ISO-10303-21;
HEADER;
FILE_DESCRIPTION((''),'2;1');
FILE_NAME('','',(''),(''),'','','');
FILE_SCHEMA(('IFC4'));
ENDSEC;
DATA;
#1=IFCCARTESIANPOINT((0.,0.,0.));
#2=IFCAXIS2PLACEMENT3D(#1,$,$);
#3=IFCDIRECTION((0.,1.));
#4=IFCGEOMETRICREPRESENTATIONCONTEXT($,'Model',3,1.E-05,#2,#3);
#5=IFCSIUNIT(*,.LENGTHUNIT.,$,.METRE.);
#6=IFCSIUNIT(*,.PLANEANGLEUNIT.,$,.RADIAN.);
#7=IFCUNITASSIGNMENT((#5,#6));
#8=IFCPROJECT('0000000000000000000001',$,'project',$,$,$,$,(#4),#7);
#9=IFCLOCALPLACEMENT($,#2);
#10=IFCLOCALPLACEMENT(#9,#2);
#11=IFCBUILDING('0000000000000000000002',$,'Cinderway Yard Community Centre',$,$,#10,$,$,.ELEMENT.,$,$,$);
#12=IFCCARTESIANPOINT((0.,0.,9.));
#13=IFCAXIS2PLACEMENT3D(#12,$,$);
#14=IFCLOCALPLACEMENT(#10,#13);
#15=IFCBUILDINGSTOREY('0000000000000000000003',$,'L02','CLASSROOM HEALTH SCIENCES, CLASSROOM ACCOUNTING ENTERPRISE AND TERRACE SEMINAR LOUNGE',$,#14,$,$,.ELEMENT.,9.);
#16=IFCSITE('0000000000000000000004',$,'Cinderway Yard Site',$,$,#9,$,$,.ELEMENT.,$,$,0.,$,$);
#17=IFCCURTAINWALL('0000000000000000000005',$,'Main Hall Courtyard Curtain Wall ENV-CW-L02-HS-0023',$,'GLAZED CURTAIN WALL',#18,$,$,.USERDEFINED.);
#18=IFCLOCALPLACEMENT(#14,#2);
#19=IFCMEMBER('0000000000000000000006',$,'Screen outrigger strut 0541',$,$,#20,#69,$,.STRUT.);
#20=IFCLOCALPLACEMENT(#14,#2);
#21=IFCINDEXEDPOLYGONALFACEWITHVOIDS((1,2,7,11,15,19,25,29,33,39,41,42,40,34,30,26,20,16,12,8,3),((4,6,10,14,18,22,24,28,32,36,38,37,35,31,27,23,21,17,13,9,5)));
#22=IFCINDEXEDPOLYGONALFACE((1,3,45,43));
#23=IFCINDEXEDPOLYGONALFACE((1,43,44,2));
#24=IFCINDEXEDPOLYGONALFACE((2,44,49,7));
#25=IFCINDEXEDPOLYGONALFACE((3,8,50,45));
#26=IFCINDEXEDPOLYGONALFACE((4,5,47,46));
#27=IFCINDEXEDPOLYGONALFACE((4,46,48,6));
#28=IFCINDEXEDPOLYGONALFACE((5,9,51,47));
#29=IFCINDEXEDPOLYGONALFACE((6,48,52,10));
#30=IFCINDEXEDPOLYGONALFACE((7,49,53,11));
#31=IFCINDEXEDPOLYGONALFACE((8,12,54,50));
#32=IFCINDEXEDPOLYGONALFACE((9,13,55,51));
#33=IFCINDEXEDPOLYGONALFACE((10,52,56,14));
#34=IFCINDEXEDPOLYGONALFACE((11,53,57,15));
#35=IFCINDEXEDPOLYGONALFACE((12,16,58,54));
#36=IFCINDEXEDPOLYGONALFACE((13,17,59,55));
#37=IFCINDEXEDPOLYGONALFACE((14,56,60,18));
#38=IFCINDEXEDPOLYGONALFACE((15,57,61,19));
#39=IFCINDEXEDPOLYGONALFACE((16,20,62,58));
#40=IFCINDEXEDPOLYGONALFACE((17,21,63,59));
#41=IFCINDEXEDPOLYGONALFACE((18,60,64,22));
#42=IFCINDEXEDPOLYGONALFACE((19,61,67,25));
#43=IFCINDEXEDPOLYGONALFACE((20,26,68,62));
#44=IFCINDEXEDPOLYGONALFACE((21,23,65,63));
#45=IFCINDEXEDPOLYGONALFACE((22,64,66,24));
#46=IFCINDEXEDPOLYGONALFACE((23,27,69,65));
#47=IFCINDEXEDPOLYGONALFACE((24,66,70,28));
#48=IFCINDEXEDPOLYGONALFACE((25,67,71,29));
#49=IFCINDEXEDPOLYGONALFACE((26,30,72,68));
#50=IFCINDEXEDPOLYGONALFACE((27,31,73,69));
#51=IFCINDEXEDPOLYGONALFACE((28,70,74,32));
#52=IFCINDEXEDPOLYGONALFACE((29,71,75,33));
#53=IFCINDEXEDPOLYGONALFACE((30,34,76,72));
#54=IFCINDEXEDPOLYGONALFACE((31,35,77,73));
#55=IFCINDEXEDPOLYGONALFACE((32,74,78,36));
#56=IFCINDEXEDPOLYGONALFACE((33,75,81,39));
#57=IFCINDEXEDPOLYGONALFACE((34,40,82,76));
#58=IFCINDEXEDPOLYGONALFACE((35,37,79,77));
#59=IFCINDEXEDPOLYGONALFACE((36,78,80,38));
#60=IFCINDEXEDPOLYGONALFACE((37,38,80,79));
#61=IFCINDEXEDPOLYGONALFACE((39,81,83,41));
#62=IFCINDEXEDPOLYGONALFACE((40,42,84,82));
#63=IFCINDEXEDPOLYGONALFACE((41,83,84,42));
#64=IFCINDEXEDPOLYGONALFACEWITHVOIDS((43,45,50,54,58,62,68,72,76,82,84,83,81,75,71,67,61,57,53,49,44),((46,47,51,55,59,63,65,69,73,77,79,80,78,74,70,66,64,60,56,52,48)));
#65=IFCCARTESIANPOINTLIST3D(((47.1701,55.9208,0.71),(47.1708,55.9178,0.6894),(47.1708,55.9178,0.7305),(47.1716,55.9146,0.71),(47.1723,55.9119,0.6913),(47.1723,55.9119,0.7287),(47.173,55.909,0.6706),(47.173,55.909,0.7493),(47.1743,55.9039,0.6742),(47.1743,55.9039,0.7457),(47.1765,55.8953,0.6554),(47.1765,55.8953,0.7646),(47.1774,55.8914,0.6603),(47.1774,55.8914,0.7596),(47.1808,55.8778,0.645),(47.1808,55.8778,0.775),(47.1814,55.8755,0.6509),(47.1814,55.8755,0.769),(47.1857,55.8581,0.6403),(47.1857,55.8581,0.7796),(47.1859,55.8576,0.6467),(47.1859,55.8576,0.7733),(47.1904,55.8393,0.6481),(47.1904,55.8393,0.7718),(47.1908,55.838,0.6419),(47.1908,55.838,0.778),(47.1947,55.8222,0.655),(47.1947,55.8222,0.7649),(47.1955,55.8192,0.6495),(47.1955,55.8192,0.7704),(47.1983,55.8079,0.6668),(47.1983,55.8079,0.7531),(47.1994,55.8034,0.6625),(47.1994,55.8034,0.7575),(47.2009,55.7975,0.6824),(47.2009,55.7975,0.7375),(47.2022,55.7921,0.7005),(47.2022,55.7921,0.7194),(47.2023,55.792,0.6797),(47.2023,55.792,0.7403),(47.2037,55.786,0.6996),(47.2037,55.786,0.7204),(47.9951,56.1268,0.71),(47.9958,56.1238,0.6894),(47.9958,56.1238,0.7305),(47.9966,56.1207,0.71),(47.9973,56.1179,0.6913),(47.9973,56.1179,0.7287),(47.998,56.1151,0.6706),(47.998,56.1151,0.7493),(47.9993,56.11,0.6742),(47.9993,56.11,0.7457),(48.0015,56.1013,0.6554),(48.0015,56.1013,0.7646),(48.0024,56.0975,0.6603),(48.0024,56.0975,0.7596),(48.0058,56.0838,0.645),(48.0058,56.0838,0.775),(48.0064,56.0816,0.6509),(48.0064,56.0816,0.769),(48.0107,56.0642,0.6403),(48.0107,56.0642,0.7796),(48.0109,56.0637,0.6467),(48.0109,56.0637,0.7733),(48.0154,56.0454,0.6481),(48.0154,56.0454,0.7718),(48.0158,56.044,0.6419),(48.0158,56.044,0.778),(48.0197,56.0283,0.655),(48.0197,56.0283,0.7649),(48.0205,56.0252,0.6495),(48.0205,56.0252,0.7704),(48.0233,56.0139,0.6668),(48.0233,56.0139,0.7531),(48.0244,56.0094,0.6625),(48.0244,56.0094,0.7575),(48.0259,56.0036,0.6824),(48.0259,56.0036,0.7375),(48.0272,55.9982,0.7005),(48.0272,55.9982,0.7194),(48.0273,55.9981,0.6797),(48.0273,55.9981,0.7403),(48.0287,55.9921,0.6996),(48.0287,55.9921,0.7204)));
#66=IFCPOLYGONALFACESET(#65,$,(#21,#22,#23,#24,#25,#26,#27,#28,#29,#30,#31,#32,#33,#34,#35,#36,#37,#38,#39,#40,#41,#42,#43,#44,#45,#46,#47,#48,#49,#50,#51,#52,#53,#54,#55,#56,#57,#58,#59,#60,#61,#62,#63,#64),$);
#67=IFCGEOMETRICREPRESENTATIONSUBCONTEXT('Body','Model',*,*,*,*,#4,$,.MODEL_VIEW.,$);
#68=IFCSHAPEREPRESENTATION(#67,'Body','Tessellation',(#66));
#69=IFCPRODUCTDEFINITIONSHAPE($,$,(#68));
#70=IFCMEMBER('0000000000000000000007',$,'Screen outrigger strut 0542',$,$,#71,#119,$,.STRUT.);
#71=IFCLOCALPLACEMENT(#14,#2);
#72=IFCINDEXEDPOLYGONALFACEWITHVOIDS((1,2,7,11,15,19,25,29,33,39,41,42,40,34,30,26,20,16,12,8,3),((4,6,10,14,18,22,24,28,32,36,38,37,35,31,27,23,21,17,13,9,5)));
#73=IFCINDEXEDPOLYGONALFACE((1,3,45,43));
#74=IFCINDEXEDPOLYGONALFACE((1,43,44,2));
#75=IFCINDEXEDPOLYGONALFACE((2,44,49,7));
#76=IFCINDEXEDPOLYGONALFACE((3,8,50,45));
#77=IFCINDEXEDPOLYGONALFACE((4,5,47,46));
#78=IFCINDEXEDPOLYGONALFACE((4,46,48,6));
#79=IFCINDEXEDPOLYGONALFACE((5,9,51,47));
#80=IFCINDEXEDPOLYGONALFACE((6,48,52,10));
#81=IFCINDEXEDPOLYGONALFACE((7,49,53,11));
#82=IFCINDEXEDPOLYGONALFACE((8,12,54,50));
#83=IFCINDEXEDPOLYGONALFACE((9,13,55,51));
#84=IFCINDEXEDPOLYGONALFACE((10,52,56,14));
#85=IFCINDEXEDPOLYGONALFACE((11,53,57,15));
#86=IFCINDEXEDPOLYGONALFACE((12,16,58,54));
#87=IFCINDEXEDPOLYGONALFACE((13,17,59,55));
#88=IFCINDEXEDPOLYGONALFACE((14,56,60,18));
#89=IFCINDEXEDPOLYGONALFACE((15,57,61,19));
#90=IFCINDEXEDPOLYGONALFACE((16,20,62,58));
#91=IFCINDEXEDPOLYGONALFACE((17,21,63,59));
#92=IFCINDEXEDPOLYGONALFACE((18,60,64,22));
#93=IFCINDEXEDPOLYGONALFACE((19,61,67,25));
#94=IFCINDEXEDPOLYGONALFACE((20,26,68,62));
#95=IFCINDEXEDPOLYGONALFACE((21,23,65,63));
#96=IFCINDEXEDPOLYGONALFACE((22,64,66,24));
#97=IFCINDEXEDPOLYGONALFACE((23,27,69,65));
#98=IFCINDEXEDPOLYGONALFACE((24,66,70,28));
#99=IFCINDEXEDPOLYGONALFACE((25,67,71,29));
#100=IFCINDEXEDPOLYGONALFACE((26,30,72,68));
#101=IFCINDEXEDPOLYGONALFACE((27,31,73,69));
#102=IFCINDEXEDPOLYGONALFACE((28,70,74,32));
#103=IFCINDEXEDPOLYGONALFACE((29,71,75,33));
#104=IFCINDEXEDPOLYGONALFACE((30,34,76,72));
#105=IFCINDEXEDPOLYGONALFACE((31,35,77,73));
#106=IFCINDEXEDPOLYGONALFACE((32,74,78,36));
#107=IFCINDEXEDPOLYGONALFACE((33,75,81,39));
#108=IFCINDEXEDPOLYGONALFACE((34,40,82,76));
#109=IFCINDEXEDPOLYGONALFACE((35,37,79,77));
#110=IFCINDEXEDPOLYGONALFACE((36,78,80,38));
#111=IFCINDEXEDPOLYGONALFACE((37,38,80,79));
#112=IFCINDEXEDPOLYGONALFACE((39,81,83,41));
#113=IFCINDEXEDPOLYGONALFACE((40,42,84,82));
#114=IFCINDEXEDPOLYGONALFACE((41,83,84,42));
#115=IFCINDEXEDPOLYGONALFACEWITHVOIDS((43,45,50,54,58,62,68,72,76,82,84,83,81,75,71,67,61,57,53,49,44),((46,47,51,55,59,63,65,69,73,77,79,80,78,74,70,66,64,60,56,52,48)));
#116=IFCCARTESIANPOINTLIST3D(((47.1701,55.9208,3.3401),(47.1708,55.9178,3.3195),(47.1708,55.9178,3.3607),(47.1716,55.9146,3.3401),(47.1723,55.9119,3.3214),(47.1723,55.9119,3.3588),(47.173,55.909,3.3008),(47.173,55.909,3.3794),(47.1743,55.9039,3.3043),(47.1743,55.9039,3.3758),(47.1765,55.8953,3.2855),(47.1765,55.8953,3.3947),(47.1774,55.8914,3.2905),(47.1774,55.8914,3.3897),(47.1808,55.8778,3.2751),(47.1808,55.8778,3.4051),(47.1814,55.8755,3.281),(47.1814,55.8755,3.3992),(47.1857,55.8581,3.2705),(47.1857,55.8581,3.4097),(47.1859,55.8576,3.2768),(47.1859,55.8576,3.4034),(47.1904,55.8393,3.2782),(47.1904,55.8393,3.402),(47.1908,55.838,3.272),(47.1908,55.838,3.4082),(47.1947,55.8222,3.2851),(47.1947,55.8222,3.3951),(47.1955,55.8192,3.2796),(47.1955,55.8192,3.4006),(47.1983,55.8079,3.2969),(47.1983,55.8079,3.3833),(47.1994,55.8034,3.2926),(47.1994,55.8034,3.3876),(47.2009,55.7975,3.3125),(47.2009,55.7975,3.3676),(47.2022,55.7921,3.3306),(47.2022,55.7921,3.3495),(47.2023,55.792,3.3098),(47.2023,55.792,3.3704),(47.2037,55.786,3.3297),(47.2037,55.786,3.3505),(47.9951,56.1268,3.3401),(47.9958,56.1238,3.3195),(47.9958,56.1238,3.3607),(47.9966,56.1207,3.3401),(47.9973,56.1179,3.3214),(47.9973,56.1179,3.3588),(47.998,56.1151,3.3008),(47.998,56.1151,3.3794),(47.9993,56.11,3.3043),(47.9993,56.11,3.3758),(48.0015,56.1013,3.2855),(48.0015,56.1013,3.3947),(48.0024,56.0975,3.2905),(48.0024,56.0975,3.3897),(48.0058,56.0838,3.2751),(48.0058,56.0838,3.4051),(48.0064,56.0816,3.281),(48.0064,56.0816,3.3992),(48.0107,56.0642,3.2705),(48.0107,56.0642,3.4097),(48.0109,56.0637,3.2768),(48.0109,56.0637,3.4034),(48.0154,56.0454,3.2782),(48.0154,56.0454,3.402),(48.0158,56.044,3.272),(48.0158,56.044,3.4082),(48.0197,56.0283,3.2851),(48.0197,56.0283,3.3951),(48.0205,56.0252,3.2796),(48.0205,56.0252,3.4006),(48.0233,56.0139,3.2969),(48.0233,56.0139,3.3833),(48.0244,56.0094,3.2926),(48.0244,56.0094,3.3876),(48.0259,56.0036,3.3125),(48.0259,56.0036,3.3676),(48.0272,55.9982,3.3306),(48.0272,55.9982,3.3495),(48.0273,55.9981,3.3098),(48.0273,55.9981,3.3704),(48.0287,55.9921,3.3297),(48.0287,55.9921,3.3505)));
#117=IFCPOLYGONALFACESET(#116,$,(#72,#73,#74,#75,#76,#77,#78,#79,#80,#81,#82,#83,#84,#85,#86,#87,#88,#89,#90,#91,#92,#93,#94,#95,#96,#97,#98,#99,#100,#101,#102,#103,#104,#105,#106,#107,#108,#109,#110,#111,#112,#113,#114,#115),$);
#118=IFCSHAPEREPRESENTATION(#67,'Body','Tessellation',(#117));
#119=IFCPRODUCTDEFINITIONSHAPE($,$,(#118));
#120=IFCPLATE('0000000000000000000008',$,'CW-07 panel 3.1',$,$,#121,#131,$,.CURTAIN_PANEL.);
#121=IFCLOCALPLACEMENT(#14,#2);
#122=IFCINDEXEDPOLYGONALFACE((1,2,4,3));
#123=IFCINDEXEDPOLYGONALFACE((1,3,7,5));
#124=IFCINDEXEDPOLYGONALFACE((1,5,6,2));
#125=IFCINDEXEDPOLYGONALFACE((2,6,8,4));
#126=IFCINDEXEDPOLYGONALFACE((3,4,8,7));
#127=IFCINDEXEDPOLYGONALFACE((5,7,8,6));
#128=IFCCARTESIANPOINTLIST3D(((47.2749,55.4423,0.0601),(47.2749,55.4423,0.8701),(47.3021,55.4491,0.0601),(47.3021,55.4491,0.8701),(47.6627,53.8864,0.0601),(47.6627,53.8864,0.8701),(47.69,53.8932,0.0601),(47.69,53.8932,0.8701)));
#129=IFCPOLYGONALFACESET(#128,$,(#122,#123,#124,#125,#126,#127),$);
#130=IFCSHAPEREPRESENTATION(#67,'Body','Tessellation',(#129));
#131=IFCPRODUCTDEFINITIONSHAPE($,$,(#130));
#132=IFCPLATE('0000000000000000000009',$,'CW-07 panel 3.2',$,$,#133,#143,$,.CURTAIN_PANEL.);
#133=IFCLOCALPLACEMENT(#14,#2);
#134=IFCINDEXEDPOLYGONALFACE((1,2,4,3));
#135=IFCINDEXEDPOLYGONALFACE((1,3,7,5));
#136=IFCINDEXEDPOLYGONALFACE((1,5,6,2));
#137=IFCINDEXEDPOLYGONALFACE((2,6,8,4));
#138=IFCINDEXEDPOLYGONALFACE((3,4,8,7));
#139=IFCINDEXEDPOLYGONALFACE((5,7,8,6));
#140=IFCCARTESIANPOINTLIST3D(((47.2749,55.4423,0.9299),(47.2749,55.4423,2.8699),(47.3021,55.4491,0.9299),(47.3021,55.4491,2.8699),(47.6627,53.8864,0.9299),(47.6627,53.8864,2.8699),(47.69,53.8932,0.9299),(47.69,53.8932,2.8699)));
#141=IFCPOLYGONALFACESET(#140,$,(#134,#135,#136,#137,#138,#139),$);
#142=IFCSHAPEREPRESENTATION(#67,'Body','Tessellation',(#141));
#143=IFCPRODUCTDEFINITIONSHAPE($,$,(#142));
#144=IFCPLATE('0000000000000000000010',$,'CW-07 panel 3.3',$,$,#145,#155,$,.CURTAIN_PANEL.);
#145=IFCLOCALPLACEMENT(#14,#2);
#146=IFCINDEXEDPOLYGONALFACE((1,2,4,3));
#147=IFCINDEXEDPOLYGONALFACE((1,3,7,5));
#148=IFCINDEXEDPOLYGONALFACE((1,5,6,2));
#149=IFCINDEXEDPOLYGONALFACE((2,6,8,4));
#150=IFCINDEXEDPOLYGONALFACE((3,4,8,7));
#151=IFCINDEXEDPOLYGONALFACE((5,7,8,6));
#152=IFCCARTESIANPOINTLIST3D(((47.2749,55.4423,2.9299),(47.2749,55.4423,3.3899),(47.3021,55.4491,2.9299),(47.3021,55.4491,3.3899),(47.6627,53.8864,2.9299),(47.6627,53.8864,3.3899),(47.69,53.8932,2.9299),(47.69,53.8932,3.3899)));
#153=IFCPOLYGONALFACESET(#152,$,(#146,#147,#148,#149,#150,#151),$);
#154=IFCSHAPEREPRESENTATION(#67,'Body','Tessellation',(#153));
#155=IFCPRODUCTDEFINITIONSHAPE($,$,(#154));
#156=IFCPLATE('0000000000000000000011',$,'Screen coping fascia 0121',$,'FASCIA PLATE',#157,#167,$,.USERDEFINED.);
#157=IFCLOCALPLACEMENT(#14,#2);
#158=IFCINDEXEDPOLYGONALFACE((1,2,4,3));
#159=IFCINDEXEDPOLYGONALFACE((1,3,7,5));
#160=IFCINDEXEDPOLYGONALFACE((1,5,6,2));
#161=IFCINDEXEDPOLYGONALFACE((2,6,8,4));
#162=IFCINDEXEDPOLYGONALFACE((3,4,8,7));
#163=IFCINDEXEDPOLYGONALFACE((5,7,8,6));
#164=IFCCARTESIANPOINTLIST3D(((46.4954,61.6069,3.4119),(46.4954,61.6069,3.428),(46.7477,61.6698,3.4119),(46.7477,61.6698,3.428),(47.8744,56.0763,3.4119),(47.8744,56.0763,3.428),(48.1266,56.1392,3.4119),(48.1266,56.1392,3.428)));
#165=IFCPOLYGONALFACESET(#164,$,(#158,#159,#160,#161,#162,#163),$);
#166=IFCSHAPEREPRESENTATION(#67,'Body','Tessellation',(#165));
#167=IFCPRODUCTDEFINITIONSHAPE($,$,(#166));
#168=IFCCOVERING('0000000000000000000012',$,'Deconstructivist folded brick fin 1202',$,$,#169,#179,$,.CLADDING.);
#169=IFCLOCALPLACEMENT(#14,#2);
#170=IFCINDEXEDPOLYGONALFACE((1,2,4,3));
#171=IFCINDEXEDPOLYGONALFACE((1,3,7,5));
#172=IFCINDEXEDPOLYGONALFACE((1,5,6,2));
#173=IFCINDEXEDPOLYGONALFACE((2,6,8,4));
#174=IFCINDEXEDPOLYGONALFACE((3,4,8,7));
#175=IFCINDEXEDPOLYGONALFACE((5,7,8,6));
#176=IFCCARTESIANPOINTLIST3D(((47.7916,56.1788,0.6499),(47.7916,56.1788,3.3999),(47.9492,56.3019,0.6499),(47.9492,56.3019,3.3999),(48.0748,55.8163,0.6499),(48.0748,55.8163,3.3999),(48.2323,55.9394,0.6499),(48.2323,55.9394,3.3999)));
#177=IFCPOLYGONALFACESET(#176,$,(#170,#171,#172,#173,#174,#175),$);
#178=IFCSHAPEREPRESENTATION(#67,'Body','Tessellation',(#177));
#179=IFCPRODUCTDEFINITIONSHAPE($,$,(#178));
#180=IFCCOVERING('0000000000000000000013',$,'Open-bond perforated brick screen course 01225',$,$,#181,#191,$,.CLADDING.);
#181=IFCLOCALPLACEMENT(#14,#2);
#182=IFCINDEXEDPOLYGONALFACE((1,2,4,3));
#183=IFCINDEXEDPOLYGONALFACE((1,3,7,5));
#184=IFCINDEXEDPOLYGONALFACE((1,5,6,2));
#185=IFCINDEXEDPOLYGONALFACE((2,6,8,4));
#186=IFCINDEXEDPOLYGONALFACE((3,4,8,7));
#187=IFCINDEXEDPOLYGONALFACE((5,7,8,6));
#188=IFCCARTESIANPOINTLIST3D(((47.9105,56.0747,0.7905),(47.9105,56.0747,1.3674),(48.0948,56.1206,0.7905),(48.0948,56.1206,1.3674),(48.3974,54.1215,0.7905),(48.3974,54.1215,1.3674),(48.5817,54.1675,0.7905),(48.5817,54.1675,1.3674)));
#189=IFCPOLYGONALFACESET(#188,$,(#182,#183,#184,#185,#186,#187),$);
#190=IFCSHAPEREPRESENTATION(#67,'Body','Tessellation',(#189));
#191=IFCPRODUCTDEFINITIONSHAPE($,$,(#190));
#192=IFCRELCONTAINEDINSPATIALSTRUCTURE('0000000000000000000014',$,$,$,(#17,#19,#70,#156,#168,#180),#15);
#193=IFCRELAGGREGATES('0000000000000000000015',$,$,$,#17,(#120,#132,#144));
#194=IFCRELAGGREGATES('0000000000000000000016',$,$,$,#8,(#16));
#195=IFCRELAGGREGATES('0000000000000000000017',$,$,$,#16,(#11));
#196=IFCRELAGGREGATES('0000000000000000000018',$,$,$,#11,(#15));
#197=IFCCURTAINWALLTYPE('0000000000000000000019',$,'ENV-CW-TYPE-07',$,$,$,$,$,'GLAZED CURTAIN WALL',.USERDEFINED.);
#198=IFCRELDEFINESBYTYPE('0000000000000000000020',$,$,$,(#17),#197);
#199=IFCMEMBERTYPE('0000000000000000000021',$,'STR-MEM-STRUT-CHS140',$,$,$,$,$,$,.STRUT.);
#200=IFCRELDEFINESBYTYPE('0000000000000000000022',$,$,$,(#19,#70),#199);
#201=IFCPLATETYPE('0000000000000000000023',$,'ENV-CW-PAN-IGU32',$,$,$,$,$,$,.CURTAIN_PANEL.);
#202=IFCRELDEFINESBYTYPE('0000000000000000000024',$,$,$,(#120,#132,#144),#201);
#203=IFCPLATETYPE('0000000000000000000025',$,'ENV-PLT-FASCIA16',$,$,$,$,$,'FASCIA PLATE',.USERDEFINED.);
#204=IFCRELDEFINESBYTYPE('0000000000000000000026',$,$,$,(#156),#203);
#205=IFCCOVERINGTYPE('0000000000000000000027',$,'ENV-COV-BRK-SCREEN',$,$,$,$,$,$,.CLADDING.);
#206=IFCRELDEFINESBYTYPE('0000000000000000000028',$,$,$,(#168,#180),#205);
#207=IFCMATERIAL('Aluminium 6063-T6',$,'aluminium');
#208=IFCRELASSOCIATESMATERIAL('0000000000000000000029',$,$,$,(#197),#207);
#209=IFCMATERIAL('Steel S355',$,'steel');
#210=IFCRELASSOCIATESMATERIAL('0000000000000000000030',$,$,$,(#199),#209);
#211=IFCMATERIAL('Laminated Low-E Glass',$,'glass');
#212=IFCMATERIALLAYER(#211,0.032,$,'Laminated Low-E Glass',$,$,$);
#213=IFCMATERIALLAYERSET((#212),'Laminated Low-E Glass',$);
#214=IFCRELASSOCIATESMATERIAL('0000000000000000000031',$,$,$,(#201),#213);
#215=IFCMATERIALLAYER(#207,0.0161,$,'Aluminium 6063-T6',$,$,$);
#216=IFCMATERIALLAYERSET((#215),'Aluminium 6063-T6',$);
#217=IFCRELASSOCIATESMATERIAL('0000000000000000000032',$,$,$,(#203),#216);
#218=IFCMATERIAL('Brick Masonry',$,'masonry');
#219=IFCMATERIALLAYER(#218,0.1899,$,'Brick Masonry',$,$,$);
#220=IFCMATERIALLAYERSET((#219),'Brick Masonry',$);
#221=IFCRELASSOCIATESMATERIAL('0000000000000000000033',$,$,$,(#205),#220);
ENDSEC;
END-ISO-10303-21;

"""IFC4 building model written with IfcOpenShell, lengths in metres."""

from ifc_helpers import new_model, si_unit, direction, frame, origin, origin_2d, place, context, subcontext, project, spatial, rectangle, hollow_circle, extrude, material, layer, layer_set, material_profile, profile_set, type_object, element, aggregate, save


model = new_model("IFC4")

# Units and contexts
model_context = context("Model", 3, precision=1e-05, world=origin(), true_north=direction((0.0, 1.0)))
body_context = subcontext(model_context, "Body", "Model", "MODEL_VIEW")
ifc_project = project(units=[si_unit("LENGTHUNIT", "METRE"), si_unit("PLANEANGLEUNIT", "RADIAN")], contexts=[model_context])

# Site, building, storey
site_placement = place(None, origin())
site = spatial("IfcSite", under=ifc_project, at=site_placement, Name="Cinderway Yard Site", CompositionType="ELEMENT", RefElevation=0.0)
building_placement = place(site_placement, origin())
building = spatial("IfcBuilding", under=site, at=building_placement, Name="Cinderway Yard Community Centre", CompositionType="ELEMENT")
storey_placement = place(building_placement, frame((0.0, 0.0, 9.0)))
storey = spatial("IfcBuildingStorey", under=building, at=storey_placement, Name="L02", Description="CLASSROOM HEALTH SCIENCES, CLASSROOM ACCOUNTING ENTERPRISE AND TERRACE SEMINAR LOUNGE", CompositionType="ELEMENT", Elevation=9.0)

# Curtain wall
ifc_material_1 = material(Name="Aluminium 6063-T6", Category="aluminium")
curtain_wall_type = type_object("IfcCurtainWallType", Name="ENV-CW-TYPE-07", ElementType="GLAZED CURTAIN WALL", PredefinedType="USERDEFINED", material=ifc_material_1)
curtain_wall_1_placement = place(storey_placement, origin())
curtain_wall_1 = element("IfcCurtainWall", 1, at=curtain_wall_1_placement, inside=storey, type_object=curtain_wall_type, Name="Main Hall Courtyard Curtain Wall ENV-CW-L02-HS-0023", ObjectType="GLAZED CURTAIN WALL", PredefinedType="USERDEFINED")

# Shared definitions
ifc_material_2 = material(Name="Steel S355", Category="steel")

# Members
ifc_material_profile_1 = material_profile(ifc_material_2, hollow_circle(Radius=0.0698, WallThickness=0.0063, at=origin_2d()), Name="Steel S355")
ifc_profile_set_1 = profile_set([ifc_material_profile_1], Name="Steel S355")
member_type_1 = type_object("IfcMemberType", Name="STR-MEM-STRUT-CHS140", PredefinedType="STRUT", material=ifc_profile_set_1)
for number, where, z_axis, x_axis, name in (
    (2, (47.187, 55.853, 0.71), (0.970193, 0.242333, 0.0), (-0.242333, 0.970193, 0.0), "Screen outrigger strut 0541"),
    (3, (47.187, 55.853, 3.3401), (0.970193, 0.242333, 0.0), (-0.242333, 0.970193, 0.0), "Screen outrigger strut 0542"),
):
    element("IfcMember", number, at=place(storey_placement, frame(where, z_axis=z_axis, x_axis=x_axis)), inside=storey, type_object=member_type_1, Name=name, PredefinedType="STRUT", context=body_context, shape_type="SweptSolid", body=[
        extrude(hollow_circle(Radius=0.0698, WallThickness=0.0063, at=origin_2d()), origin(), (0.0, 0.0, 1.0), 0.8503),
    ])

# Plates
ifc_material_3 = material(Name="Laminated Low-E Glass", Category="glass")
ifc_layer_1 = layer(ifc_material_3, 0.032, Name="Laminated Low-E Glass")
ifc_layer_set_1 = layer_set([ifc_layer_1], Name="Laminated Low-E Glass")
plate_type_1 = type_object("IfcPlateType", Name="ENV-CW-PAN-IGU32", PredefinedType="CURTAIN_PANEL", material=ifc_layer_set_1)
plate_1_placement = place(storey_placement, frame((47.4824, 54.6677, 0.0601), z_axis=(0.0, 0.0, 1.0), x_axis=(-0.241887, 0.970304, 0.0)))
plate_1 = element("IfcPlate", 4, at=plate_1_placement, type_object=plate_type_1, Name="CW-07 panel 3.1", PredefinedType="CURTAIN_PANEL", context=body_context, shape_type="SweptSolid", body=[
    extrude(rectangle(XDim=1.6035, YDim=0.0281, at=origin_2d()), origin(), (0.0, 0.0, 1.0), 0.8101),
])
plate_2_placement = place(storey_placement, frame((47.4824, 54.6677, 0.9299), z_axis=(0.0, 0.0, 1.0), x_axis=(-0.241887, 0.970304, 0.0)))
plate_2 = element("IfcPlate", 5, at=plate_2_placement, type_object=plate_type_1, Name="CW-07 panel 3.2", PredefinedType="CURTAIN_PANEL", context=body_context, shape_type="SweptSolid", body=[
    extrude(rectangle(XDim=1.6035, YDim=0.0281, at=origin_2d()), origin(), (0.0, 0.0, 1.0), 1.9399),
])
plate_3_placement = place(storey_placement, frame((47.4824, 54.6677, 2.9299), z_axis=(0.0, 0.0, 1.0), x_axis=(-0.241887, 0.970304, 0.0)))
plate_3 = element("IfcPlate", 6, at=plate_3_placement, type_object=plate_type_1, Name="CW-07 panel 3.3", PredefinedType="CURTAIN_PANEL", context=body_context, shape_type="SweptSolid", body=[
    extrude(rectangle(XDim=1.6035, YDim=0.0281, at=origin_2d()), origin(), (0.0, 0.0, 1.0), 0.46),
])
aggregate(curtain_wall_1, [plate_1, plate_2, plate_3])
ifc_layer_2 = layer(ifc_material_1, 0.0161, Name="Aluminium 6063-T6")
ifc_layer_set_2 = layer_set([ifc_layer_2], Name="Aluminium 6063-T6")
plate_type_2 = type_object("IfcPlateType", Name="ENV-PLT-FASCIA16", ElementType="FASCIA PLATE", PredefinedType="USERDEFINED", material=ifc_layer_set_2)
plate_4_placement = place(storey_placement, frame((47.311, 58.873, 3.4119), z_axis=(0.0, 0.0, 1.0), x_axis=(0.241922, -0.970296, 0.0)))
element("IfcPlate", 7, at=plate_4_placement, inside=storey, type_object=plate_type_2, Name="Screen coping fascia 0121", ObjectType="FASCIA PLATE", PredefinedType="USERDEFINED", context=body_context, shape_type="SweptSolid", body=[
    extrude(rectangle(XDim=5.7, YDim=0.26, at=origin_2d()), origin(), (0.0, 0.0, 1.0), 0.0161),
])

# Coverings
ifc_material_4 = material(Name="Brick Masonry", Category="masonry")
ifc_layer_3 = layer(ifc_material_4, 0.1899, Name="Brick Masonry")
ifc_layer_set_3 = layer_set([ifc_layer_3], Name="Brick Masonry")
covering_type = type_object("IfcCoveringType", Name="ENV-COV-BRK-SCREEN", PredefinedType="CLADDING", material=ifc_layer_set_3)
covering_placement = place(storey_placement, frame((48.012, 56.0591, 0.6499), z_axis=(0.0, 0.0, 1.0), x_axis=(0.615661, -0.788011, 0.0)))
element("IfcCovering", 8, at=covering_placement, inside=storey, type_object=covering_type, Name="Deconstructivist folded brick fin 1202", PredefinedType="CLADDING", context=body_context, shape_type="SweptSolid", body=[
    extrude(rectangle(XDim=0.46, YDim=0.2, at=origin_2d()), origin(), (0.0, 0.0, 1.0), 2.75),
])
for number, where, z_axis, x_axis, name in (
    (9, (48.2461, 55.1211, 0.7905), (0.0, 0.0, 1.0), (0.241922, -0.970296, 0.0), "Open-bond perforated brick screen course 01225"),
):
    element("IfcCovering", number, at=place(storey_placement, frame(where, z_axis=z_axis, x_axis=x_axis)), inside=storey, type_object=covering_type, Name=name, PredefinedType="CLADDING", context=body_context, shape_type="SweptSolid", body=[
        extrude(rectangle(XDim=2.0129, YDim=0.1899, at=origin_2d()), origin(), (0.0, 0.0, 1.0), 0.5769),
    ])

save(model, "model.ifc")
